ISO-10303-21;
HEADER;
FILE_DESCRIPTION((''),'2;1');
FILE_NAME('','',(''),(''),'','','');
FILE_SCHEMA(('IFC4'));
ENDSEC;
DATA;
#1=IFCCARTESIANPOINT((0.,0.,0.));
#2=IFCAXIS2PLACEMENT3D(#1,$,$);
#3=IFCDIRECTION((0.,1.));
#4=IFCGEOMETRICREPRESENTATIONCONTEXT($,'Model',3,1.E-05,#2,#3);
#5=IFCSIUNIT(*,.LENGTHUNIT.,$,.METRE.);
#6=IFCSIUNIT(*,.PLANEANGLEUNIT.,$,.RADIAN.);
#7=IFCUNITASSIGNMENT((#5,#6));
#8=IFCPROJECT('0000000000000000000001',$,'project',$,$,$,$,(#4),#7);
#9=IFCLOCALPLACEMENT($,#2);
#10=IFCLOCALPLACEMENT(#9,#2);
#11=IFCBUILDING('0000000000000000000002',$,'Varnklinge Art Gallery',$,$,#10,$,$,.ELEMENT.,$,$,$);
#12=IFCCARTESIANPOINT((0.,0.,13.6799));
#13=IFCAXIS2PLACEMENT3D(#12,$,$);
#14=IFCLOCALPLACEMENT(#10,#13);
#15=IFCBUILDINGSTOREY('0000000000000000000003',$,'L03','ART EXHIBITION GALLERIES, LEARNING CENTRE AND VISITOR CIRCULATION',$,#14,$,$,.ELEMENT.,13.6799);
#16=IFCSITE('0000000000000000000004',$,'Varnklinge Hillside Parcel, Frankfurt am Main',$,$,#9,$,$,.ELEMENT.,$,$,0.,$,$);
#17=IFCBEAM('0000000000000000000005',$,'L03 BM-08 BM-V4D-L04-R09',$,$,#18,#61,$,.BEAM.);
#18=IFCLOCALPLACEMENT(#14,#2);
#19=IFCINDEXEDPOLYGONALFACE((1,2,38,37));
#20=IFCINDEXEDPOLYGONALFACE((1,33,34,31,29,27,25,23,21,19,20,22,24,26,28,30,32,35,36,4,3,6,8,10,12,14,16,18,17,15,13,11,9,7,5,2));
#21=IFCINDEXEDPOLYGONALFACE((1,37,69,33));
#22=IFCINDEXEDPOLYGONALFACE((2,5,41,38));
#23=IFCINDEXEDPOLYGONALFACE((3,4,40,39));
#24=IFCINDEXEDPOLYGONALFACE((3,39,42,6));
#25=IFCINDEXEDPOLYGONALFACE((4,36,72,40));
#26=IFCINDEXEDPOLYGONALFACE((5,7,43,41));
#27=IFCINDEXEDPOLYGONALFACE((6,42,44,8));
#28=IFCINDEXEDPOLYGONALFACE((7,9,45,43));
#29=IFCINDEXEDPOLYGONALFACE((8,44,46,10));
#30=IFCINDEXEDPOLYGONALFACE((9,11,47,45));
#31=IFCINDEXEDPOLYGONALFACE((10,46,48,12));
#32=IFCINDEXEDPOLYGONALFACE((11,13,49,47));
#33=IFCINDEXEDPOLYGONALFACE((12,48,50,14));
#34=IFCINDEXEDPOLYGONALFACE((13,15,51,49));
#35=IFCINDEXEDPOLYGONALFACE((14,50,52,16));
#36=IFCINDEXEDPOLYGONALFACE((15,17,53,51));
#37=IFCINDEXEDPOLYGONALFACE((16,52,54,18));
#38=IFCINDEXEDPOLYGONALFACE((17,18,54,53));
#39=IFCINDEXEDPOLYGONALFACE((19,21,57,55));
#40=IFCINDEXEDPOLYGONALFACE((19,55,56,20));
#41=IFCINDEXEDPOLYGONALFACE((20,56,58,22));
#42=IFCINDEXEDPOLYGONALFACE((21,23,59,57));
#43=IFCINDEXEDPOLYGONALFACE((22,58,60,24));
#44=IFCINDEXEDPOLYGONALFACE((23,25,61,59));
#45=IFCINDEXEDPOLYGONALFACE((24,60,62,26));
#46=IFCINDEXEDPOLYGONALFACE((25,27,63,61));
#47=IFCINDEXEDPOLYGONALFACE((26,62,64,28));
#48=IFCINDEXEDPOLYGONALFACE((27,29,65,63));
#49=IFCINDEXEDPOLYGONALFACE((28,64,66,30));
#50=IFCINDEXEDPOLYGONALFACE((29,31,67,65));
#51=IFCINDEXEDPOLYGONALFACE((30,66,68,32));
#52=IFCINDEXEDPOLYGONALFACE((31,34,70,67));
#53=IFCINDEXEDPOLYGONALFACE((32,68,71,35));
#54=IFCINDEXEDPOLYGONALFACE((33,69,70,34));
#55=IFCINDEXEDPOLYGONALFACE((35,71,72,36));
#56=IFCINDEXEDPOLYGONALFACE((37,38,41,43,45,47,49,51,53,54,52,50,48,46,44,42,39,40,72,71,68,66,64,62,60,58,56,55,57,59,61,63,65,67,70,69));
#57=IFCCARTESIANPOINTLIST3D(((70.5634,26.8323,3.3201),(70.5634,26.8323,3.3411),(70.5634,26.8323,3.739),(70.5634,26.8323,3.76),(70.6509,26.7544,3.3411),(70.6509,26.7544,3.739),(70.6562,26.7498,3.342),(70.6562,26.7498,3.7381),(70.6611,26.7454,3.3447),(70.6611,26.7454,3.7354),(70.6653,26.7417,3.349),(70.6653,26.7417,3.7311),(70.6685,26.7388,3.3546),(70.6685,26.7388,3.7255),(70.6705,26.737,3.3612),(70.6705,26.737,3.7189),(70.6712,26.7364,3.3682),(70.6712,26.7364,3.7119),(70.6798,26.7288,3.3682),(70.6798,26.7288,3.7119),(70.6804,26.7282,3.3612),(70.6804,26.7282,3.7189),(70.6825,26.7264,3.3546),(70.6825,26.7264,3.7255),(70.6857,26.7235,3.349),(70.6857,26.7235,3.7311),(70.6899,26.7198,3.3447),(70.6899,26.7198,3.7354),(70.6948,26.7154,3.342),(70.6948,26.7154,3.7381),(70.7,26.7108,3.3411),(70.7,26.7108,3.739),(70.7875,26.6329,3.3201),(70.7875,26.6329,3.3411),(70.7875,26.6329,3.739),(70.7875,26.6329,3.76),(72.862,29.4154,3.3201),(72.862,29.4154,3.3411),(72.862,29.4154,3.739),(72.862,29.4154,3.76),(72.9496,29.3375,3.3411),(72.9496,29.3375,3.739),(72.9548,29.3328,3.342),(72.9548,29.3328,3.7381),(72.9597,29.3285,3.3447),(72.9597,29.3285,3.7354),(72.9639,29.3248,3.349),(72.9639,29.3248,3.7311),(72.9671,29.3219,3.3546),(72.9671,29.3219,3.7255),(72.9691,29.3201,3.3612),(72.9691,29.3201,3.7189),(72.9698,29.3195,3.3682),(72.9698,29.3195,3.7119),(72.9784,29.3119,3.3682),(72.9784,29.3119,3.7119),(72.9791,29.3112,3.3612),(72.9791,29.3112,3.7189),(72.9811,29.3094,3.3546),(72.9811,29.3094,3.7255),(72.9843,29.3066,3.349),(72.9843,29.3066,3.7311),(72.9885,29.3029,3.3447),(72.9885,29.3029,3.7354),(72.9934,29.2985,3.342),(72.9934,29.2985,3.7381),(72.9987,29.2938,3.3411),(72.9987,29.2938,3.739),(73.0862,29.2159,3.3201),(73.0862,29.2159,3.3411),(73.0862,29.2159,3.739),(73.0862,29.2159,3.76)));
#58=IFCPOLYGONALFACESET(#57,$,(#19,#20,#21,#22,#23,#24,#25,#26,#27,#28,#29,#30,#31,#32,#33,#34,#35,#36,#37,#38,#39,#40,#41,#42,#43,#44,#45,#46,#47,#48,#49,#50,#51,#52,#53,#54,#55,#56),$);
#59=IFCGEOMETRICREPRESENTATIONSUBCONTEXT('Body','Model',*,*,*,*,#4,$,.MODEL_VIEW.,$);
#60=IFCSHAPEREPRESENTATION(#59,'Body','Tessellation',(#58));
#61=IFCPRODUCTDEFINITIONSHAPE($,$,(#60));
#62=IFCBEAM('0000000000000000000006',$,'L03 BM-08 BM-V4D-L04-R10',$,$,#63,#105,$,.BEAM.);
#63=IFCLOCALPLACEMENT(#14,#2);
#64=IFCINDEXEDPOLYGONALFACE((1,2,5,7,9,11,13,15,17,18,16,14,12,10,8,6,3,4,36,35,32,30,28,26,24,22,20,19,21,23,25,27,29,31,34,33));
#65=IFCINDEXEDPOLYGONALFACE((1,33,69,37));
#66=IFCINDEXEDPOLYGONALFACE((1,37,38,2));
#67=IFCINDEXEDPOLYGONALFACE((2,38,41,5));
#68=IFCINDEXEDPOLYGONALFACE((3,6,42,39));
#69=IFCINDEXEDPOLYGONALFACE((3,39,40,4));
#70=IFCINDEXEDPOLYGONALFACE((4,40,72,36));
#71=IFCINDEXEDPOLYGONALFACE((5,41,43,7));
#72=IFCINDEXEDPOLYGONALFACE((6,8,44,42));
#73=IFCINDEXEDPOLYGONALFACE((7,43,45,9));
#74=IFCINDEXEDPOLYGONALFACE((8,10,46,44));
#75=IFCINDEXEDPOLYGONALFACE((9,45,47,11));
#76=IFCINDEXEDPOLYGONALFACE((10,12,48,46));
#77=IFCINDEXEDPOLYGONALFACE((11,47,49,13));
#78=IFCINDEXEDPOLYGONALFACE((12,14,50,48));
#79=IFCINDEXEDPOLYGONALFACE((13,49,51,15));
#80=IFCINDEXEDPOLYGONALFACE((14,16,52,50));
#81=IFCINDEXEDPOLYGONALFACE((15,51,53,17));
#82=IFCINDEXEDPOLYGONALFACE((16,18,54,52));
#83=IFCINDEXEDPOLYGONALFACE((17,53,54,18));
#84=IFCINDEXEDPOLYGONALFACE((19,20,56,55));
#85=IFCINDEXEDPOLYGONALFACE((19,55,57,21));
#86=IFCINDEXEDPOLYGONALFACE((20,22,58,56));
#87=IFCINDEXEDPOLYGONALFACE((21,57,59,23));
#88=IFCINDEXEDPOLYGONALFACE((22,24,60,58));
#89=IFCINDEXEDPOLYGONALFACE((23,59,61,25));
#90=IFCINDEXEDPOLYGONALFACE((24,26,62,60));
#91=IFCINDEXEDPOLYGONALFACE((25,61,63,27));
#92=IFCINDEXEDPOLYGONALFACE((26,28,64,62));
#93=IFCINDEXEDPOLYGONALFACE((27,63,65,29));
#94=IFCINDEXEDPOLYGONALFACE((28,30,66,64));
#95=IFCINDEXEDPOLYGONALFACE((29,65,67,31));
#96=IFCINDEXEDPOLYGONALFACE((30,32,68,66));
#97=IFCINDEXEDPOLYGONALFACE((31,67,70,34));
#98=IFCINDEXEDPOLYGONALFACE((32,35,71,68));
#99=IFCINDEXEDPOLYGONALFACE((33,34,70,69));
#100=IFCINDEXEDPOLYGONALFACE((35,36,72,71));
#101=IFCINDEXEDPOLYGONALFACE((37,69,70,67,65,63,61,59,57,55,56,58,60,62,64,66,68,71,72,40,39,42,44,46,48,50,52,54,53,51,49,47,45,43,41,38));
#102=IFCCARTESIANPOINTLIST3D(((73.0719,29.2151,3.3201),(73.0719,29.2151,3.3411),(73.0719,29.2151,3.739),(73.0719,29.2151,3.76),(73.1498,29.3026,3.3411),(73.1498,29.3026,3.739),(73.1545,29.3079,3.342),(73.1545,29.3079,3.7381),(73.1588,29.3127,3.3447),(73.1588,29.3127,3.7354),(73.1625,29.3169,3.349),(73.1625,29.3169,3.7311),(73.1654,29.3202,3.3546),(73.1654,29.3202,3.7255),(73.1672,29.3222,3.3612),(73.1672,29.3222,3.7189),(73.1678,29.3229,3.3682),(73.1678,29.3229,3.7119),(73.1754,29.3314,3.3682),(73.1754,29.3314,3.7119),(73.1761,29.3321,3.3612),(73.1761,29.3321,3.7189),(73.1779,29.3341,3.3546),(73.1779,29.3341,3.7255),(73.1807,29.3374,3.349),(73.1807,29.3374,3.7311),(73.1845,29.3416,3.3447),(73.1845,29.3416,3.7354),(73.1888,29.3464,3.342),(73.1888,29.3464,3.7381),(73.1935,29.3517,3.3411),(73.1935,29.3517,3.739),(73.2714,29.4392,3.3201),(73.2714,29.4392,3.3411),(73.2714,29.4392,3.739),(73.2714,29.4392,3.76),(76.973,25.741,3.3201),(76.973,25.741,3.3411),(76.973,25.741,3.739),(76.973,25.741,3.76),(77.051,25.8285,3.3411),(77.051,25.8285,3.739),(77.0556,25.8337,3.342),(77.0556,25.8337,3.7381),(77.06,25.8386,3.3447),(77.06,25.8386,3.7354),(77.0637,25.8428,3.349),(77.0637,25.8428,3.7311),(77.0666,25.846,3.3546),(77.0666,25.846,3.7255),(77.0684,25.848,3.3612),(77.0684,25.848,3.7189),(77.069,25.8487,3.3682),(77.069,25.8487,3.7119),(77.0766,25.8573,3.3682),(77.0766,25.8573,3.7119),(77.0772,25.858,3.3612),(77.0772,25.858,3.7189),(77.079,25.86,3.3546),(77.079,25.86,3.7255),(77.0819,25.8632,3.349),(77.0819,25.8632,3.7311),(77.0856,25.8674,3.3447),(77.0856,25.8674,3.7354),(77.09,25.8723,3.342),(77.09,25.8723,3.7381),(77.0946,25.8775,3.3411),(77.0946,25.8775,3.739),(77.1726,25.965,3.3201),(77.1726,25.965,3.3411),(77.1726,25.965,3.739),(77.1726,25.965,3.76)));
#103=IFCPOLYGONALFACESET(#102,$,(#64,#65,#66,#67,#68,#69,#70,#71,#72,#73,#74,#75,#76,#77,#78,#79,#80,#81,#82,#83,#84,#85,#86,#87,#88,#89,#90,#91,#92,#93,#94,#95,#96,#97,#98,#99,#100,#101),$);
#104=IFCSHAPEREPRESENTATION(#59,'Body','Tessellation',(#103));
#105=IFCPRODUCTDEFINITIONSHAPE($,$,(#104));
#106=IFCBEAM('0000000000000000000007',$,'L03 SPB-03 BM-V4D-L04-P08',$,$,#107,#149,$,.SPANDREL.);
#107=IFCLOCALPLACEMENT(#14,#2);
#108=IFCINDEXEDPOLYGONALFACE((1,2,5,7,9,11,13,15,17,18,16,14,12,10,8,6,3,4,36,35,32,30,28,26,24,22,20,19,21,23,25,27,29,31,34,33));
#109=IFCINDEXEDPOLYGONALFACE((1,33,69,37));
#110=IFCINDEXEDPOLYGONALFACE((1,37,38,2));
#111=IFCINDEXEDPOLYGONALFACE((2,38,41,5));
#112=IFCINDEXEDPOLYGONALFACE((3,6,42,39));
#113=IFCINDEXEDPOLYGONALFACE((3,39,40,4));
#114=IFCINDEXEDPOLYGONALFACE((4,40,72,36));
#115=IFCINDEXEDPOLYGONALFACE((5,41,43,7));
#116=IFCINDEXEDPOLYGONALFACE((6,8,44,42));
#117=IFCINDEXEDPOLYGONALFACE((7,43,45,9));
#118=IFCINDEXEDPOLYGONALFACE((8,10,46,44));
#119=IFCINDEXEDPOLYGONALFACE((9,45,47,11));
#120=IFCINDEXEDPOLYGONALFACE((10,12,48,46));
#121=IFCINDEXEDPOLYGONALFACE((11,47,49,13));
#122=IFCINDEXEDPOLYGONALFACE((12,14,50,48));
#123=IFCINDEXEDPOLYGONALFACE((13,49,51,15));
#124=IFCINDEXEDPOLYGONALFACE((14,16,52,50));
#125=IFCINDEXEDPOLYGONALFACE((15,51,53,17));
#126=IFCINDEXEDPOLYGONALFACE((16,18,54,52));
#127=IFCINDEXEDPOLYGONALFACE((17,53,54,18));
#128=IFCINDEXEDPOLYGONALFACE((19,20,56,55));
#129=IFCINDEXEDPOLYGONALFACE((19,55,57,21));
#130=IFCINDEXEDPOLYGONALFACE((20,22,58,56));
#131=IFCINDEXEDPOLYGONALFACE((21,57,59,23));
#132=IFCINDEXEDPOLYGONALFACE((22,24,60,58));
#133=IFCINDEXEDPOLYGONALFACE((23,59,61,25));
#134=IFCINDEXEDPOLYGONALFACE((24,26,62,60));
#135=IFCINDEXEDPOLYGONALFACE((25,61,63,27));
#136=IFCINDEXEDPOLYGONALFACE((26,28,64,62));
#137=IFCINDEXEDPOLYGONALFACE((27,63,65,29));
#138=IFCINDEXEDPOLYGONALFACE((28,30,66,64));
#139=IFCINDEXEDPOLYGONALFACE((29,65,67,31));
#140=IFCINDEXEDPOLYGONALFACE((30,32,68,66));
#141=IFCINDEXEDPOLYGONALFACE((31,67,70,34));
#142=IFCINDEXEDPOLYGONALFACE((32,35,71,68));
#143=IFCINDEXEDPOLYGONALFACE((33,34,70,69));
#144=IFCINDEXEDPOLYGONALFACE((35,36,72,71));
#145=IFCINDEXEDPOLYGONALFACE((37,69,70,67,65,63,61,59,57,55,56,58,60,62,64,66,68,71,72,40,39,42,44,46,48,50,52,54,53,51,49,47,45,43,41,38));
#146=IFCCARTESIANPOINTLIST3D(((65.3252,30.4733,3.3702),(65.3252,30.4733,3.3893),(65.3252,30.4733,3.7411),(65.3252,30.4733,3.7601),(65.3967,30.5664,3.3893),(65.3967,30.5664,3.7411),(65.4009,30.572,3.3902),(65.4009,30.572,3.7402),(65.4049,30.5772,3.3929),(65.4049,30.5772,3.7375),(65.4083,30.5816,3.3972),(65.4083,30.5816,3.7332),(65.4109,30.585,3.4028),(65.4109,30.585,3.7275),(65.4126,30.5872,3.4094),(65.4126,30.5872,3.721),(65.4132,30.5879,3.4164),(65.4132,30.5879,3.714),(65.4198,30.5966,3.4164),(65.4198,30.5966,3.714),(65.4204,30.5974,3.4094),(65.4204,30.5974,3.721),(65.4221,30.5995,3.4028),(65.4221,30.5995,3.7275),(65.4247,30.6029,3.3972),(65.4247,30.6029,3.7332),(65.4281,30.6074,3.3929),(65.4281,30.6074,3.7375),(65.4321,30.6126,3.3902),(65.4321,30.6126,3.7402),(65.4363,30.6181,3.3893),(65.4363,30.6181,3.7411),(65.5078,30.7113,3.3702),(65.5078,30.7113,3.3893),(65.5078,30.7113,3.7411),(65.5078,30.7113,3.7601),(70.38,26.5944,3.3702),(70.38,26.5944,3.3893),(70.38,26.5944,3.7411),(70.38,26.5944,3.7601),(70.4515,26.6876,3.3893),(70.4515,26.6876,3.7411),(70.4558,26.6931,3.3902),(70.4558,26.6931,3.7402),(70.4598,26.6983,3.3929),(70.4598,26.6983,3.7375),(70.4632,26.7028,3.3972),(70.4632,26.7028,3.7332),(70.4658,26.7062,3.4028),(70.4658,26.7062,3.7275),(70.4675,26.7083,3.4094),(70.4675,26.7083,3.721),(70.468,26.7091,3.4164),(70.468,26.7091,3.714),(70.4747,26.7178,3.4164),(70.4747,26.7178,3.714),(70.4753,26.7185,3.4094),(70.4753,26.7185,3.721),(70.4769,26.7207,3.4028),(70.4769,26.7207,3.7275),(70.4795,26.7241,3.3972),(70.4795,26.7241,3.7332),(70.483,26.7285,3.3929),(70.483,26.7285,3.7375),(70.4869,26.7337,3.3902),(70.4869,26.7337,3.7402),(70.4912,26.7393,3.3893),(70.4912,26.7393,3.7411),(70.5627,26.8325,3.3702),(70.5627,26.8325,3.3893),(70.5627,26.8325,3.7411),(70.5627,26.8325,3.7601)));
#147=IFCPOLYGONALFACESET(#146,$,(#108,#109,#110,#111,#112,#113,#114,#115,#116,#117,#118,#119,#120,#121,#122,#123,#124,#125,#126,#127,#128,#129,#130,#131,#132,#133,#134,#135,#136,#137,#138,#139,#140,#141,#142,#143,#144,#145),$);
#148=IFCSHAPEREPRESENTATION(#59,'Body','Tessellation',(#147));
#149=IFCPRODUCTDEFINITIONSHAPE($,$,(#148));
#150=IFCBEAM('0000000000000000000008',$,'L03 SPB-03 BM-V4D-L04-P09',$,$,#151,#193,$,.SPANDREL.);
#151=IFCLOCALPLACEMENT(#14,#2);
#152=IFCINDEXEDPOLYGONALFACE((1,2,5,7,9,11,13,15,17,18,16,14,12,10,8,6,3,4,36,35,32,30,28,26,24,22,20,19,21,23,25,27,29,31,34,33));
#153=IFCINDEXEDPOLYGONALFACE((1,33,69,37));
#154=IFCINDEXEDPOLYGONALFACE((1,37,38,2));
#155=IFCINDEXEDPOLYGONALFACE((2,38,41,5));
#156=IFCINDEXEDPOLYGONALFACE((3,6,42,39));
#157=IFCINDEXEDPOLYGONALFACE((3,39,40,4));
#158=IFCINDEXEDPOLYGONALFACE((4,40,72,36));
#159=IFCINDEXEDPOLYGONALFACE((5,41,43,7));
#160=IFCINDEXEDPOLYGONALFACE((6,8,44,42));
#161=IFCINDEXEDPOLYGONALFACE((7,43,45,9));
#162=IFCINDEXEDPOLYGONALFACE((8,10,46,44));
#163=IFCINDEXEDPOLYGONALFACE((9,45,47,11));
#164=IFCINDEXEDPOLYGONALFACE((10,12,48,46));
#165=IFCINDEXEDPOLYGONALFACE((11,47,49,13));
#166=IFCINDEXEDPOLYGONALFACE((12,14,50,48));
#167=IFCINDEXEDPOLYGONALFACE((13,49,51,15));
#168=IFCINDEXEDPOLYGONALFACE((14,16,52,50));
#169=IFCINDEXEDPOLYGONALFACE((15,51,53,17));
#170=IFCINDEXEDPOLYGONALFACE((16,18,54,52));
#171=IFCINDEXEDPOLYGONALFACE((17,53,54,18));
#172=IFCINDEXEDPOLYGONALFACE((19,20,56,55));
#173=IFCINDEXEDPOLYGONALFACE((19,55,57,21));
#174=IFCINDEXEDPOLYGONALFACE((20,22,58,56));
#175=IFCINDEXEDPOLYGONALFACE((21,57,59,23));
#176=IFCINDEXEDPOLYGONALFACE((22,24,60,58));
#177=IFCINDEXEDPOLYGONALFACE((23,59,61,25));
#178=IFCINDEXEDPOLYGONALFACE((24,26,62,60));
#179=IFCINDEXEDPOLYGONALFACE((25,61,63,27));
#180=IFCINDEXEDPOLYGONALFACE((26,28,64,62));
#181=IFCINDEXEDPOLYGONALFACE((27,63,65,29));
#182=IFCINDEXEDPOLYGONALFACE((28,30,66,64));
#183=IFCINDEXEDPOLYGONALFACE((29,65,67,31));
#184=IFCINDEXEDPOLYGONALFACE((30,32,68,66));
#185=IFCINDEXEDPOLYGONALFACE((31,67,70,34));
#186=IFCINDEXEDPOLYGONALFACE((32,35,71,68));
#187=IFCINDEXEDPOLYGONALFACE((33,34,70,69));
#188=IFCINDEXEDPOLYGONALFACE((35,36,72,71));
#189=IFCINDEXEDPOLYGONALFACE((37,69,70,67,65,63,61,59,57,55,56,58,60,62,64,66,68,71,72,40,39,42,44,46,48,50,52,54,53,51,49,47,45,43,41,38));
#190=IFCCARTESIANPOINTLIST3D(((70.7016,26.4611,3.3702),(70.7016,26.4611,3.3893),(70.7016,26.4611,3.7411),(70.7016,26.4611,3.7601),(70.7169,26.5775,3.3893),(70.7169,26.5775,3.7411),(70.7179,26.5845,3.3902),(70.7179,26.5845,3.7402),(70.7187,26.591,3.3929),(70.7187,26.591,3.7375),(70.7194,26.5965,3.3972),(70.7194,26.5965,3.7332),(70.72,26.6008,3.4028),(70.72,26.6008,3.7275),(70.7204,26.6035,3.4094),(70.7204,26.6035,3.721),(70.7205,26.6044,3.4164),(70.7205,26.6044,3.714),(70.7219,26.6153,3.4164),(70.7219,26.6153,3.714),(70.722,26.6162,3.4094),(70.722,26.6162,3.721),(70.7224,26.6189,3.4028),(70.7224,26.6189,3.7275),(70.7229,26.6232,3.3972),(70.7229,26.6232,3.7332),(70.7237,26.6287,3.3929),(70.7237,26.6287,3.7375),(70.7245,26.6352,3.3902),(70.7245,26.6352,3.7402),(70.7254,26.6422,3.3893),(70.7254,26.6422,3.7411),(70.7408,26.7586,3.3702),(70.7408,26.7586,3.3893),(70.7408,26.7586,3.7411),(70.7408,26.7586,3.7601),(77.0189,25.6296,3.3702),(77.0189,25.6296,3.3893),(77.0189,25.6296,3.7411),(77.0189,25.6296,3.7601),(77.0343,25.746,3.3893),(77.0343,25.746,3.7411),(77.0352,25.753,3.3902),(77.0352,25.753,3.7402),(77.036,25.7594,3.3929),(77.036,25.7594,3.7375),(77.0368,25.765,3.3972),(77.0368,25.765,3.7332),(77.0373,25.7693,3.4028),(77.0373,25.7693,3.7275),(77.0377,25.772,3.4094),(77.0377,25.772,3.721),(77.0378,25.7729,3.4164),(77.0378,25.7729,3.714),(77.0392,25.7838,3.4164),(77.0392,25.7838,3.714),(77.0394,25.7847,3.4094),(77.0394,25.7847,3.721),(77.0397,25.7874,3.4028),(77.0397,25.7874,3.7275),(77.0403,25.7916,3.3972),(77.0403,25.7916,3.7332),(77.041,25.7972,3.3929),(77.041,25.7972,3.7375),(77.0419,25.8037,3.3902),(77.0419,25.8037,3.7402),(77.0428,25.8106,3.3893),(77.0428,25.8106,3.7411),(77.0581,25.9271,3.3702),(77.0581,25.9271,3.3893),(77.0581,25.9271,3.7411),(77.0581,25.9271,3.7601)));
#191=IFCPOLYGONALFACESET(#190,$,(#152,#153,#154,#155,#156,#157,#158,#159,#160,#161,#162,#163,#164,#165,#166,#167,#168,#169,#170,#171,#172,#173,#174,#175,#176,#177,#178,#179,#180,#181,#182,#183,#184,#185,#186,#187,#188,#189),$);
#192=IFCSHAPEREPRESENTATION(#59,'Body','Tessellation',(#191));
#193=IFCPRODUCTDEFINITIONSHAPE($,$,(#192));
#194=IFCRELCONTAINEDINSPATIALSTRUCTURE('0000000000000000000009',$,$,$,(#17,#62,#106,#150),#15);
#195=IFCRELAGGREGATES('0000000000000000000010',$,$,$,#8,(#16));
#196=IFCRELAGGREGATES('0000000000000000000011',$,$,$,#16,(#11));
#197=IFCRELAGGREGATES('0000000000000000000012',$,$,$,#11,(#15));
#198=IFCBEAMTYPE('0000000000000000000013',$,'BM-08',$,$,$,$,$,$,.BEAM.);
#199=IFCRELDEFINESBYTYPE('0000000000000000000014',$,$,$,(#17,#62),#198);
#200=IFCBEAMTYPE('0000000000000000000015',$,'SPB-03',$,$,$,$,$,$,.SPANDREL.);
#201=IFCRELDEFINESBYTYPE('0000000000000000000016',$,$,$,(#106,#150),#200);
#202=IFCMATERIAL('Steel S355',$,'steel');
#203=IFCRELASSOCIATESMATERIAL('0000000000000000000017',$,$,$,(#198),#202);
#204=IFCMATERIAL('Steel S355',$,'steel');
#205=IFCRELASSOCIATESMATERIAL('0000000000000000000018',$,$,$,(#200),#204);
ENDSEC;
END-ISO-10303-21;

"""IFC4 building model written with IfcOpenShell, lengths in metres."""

from ifc_helpers import new_model, si_unit, direction, frame, origin, origin_2d, place, context, subcontext, project, spatial, i_section, extrude, material, material_profile, profile_set, type_object, element, save


model = new_model("IFC4")

# Units and contexts
model_context = context("Model", 3, precision=1e-05, world=origin(), true_north=direction((0.0, 1.0)))
body_context = subcontext(model_context, "Body", "Model", "MODEL_VIEW")
ifc_project = project(units=[si_unit("LENGTHUNIT", "METRE"), si_unit("PLANEANGLEUNIT", "RADIAN")], contexts=[model_context])

# Site, building, storey
site_placement = place(None, origin())
site = spatial("IfcSite", under=ifc_project, at=site_placement, Name="Varnklinge Hillside Parcel, Frankfurt am Main", CompositionType="ELEMENT", RefElevation=0.0)
building_placement = place(site_placement, origin())
building = spatial("IfcBuilding", under=site, at=building_placement, Name="Varnklinge Art Gallery", CompositionType="ELEMENT")
storey_placement = place(building_placement, frame((0.0, 0.0, 13.6799)))
storey = spatial("IfcBuildingStorey", under=building, at=storey_placement, Name="L03", Description="ART EXHIBITION GALLERIES, LEARNING CENTRE AND VISITOR CIRCULATION", CompositionType="ELEMENT", Elevation=13.6799)

# Beams
ifc_material_1 = material(Name="Steel S355", Category="steel")
ifc_material_profile_1 = material_profile(ifc_material_1, i_section(OverallWidth=0.3, OverallDepth=0.4399, WebThickness=0.0115, FlangeThickness=0.021, FilletRadius=0.0271, at=origin_2d()), Name="HEA 450")
ifc_profile_set_1 = profile_set([ifc_material_profile_1], Name="Steel S355")
beam_type_1 = type_object("IfcBeamType", Name="BM-08", PredefinedType="BEAM", material=ifc_profile_set_1)
beam_1_placement = place(storey_placement, frame((72.9741, 29.3157, 3.54), z_axis=(-0.66478, -0.747039, 0.0), x_axis=(0.747039, -0.66478, 0.0)))
element("IfcBeam", 1, at=beam_1_placement, inside=storey, type_object=beam_type_1, Name="L03 BM-08 BM-V4D-L04-R09", PredefinedType="BEAM", context=body_context, shape_type="SweptSolid", body=[
    extrude(i_section(OverallWidth=0.3, OverallDepth=0.4399, WebThickness=0.0115, FlangeThickness=0.021, FilletRadius=0.0271, at=origin_2d()), origin(), (0.0, 0.0, 1.0), 3.4578),
])
beam_2_placement = place(storey_placement, frame((73.1716, 29.3271, 3.54), z_axis=(0.746795, -0.665054, 0.0), x_axis=(0.665054, 0.746795, 0.0)))
element("IfcBeam", 2, at=beam_2_placement, inside=storey, type_object=beam_type_1, Name="L03 BM-08 BM-V4D-L04-R10", PredefinedType="BEAM", context=body_context, shape_type="SweptSolid", body=[
    extrude(i_section(OverallWidth=0.3, OverallDepth=0.4399, WebThickness=0.0115, FlangeThickness=0.021, FilletRadius=0.0271, at=origin_2d()), origin(), (0.0, 0.0, 1.0), 5.2239),
])
ifc_material_2 = material(Name="Steel S355", Category="steel")
ifc_material_profile_2 = material_profile(ifc_material_2, i_section(OverallWidth=0.3, OverallDepth=0.3899, WebThickness=0.011, FlangeThickness=0.019, FilletRadius=0.0271, at=origin_2d()), Name="HEA 400")
ifc_profile_set_2 = profile_set([ifc_material_profile_2], Name="Steel S355")
beam_type_2 = type_object("IfcBeamType", Name="SPB-03", PredefinedType="SPANDREL", material=ifc_profile_set_2)
beam_3_placement = place(storey_placement, frame((65.4165, 30.5923, 3.5652), z_axis=(0.793344, -0.608773, 0.0), x_axis=(0.608773, 0.793344, 0.0)))
element("IfcBeam", 3, at=beam_3_placement, inside=storey, type_object=beam_type_2, Name="L03 SPB-03 BM-V4D-L04-P08", PredefinedType="SPANDREL", context=body_context, shape_type="SweptSolid", body=[
    extrude(i_section(OverallWidth=0.3, OverallDepth=0.3899, WebThickness=0.011, FlangeThickness=0.019, FilletRadius=0.0271, at=origin_2d()), origin(), (0.0, 0.0, 1.0), 6.3716),
])
beam_4_placement = place(storey_placement, frame((70.7212, 26.6099, 3.5652), z_axis=(0.991448, -0.130502, 0.0), x_axis=(0.130502, 0.991448, 0.0)))
element("IfcBeam", 4, at=beam_4_placement, inside=storey, type_object=beam_type_2, Name="L03 SPB-03 BM-V4D-L04-P09", PredefinedType="SPANDREL", context=body_context, shape_type="SweptSolid", body=[
    extrude(i_section(OverallWidth=0.3, OverallDepth=0.3899, WebThickness=0.011, FlangeThickness=0.019, FilletRadius=0.0271, at=origin_2d()), origin(), (0.0, 0.0, 1.0), 6.3718),
])

save(model, "model.ifc")
